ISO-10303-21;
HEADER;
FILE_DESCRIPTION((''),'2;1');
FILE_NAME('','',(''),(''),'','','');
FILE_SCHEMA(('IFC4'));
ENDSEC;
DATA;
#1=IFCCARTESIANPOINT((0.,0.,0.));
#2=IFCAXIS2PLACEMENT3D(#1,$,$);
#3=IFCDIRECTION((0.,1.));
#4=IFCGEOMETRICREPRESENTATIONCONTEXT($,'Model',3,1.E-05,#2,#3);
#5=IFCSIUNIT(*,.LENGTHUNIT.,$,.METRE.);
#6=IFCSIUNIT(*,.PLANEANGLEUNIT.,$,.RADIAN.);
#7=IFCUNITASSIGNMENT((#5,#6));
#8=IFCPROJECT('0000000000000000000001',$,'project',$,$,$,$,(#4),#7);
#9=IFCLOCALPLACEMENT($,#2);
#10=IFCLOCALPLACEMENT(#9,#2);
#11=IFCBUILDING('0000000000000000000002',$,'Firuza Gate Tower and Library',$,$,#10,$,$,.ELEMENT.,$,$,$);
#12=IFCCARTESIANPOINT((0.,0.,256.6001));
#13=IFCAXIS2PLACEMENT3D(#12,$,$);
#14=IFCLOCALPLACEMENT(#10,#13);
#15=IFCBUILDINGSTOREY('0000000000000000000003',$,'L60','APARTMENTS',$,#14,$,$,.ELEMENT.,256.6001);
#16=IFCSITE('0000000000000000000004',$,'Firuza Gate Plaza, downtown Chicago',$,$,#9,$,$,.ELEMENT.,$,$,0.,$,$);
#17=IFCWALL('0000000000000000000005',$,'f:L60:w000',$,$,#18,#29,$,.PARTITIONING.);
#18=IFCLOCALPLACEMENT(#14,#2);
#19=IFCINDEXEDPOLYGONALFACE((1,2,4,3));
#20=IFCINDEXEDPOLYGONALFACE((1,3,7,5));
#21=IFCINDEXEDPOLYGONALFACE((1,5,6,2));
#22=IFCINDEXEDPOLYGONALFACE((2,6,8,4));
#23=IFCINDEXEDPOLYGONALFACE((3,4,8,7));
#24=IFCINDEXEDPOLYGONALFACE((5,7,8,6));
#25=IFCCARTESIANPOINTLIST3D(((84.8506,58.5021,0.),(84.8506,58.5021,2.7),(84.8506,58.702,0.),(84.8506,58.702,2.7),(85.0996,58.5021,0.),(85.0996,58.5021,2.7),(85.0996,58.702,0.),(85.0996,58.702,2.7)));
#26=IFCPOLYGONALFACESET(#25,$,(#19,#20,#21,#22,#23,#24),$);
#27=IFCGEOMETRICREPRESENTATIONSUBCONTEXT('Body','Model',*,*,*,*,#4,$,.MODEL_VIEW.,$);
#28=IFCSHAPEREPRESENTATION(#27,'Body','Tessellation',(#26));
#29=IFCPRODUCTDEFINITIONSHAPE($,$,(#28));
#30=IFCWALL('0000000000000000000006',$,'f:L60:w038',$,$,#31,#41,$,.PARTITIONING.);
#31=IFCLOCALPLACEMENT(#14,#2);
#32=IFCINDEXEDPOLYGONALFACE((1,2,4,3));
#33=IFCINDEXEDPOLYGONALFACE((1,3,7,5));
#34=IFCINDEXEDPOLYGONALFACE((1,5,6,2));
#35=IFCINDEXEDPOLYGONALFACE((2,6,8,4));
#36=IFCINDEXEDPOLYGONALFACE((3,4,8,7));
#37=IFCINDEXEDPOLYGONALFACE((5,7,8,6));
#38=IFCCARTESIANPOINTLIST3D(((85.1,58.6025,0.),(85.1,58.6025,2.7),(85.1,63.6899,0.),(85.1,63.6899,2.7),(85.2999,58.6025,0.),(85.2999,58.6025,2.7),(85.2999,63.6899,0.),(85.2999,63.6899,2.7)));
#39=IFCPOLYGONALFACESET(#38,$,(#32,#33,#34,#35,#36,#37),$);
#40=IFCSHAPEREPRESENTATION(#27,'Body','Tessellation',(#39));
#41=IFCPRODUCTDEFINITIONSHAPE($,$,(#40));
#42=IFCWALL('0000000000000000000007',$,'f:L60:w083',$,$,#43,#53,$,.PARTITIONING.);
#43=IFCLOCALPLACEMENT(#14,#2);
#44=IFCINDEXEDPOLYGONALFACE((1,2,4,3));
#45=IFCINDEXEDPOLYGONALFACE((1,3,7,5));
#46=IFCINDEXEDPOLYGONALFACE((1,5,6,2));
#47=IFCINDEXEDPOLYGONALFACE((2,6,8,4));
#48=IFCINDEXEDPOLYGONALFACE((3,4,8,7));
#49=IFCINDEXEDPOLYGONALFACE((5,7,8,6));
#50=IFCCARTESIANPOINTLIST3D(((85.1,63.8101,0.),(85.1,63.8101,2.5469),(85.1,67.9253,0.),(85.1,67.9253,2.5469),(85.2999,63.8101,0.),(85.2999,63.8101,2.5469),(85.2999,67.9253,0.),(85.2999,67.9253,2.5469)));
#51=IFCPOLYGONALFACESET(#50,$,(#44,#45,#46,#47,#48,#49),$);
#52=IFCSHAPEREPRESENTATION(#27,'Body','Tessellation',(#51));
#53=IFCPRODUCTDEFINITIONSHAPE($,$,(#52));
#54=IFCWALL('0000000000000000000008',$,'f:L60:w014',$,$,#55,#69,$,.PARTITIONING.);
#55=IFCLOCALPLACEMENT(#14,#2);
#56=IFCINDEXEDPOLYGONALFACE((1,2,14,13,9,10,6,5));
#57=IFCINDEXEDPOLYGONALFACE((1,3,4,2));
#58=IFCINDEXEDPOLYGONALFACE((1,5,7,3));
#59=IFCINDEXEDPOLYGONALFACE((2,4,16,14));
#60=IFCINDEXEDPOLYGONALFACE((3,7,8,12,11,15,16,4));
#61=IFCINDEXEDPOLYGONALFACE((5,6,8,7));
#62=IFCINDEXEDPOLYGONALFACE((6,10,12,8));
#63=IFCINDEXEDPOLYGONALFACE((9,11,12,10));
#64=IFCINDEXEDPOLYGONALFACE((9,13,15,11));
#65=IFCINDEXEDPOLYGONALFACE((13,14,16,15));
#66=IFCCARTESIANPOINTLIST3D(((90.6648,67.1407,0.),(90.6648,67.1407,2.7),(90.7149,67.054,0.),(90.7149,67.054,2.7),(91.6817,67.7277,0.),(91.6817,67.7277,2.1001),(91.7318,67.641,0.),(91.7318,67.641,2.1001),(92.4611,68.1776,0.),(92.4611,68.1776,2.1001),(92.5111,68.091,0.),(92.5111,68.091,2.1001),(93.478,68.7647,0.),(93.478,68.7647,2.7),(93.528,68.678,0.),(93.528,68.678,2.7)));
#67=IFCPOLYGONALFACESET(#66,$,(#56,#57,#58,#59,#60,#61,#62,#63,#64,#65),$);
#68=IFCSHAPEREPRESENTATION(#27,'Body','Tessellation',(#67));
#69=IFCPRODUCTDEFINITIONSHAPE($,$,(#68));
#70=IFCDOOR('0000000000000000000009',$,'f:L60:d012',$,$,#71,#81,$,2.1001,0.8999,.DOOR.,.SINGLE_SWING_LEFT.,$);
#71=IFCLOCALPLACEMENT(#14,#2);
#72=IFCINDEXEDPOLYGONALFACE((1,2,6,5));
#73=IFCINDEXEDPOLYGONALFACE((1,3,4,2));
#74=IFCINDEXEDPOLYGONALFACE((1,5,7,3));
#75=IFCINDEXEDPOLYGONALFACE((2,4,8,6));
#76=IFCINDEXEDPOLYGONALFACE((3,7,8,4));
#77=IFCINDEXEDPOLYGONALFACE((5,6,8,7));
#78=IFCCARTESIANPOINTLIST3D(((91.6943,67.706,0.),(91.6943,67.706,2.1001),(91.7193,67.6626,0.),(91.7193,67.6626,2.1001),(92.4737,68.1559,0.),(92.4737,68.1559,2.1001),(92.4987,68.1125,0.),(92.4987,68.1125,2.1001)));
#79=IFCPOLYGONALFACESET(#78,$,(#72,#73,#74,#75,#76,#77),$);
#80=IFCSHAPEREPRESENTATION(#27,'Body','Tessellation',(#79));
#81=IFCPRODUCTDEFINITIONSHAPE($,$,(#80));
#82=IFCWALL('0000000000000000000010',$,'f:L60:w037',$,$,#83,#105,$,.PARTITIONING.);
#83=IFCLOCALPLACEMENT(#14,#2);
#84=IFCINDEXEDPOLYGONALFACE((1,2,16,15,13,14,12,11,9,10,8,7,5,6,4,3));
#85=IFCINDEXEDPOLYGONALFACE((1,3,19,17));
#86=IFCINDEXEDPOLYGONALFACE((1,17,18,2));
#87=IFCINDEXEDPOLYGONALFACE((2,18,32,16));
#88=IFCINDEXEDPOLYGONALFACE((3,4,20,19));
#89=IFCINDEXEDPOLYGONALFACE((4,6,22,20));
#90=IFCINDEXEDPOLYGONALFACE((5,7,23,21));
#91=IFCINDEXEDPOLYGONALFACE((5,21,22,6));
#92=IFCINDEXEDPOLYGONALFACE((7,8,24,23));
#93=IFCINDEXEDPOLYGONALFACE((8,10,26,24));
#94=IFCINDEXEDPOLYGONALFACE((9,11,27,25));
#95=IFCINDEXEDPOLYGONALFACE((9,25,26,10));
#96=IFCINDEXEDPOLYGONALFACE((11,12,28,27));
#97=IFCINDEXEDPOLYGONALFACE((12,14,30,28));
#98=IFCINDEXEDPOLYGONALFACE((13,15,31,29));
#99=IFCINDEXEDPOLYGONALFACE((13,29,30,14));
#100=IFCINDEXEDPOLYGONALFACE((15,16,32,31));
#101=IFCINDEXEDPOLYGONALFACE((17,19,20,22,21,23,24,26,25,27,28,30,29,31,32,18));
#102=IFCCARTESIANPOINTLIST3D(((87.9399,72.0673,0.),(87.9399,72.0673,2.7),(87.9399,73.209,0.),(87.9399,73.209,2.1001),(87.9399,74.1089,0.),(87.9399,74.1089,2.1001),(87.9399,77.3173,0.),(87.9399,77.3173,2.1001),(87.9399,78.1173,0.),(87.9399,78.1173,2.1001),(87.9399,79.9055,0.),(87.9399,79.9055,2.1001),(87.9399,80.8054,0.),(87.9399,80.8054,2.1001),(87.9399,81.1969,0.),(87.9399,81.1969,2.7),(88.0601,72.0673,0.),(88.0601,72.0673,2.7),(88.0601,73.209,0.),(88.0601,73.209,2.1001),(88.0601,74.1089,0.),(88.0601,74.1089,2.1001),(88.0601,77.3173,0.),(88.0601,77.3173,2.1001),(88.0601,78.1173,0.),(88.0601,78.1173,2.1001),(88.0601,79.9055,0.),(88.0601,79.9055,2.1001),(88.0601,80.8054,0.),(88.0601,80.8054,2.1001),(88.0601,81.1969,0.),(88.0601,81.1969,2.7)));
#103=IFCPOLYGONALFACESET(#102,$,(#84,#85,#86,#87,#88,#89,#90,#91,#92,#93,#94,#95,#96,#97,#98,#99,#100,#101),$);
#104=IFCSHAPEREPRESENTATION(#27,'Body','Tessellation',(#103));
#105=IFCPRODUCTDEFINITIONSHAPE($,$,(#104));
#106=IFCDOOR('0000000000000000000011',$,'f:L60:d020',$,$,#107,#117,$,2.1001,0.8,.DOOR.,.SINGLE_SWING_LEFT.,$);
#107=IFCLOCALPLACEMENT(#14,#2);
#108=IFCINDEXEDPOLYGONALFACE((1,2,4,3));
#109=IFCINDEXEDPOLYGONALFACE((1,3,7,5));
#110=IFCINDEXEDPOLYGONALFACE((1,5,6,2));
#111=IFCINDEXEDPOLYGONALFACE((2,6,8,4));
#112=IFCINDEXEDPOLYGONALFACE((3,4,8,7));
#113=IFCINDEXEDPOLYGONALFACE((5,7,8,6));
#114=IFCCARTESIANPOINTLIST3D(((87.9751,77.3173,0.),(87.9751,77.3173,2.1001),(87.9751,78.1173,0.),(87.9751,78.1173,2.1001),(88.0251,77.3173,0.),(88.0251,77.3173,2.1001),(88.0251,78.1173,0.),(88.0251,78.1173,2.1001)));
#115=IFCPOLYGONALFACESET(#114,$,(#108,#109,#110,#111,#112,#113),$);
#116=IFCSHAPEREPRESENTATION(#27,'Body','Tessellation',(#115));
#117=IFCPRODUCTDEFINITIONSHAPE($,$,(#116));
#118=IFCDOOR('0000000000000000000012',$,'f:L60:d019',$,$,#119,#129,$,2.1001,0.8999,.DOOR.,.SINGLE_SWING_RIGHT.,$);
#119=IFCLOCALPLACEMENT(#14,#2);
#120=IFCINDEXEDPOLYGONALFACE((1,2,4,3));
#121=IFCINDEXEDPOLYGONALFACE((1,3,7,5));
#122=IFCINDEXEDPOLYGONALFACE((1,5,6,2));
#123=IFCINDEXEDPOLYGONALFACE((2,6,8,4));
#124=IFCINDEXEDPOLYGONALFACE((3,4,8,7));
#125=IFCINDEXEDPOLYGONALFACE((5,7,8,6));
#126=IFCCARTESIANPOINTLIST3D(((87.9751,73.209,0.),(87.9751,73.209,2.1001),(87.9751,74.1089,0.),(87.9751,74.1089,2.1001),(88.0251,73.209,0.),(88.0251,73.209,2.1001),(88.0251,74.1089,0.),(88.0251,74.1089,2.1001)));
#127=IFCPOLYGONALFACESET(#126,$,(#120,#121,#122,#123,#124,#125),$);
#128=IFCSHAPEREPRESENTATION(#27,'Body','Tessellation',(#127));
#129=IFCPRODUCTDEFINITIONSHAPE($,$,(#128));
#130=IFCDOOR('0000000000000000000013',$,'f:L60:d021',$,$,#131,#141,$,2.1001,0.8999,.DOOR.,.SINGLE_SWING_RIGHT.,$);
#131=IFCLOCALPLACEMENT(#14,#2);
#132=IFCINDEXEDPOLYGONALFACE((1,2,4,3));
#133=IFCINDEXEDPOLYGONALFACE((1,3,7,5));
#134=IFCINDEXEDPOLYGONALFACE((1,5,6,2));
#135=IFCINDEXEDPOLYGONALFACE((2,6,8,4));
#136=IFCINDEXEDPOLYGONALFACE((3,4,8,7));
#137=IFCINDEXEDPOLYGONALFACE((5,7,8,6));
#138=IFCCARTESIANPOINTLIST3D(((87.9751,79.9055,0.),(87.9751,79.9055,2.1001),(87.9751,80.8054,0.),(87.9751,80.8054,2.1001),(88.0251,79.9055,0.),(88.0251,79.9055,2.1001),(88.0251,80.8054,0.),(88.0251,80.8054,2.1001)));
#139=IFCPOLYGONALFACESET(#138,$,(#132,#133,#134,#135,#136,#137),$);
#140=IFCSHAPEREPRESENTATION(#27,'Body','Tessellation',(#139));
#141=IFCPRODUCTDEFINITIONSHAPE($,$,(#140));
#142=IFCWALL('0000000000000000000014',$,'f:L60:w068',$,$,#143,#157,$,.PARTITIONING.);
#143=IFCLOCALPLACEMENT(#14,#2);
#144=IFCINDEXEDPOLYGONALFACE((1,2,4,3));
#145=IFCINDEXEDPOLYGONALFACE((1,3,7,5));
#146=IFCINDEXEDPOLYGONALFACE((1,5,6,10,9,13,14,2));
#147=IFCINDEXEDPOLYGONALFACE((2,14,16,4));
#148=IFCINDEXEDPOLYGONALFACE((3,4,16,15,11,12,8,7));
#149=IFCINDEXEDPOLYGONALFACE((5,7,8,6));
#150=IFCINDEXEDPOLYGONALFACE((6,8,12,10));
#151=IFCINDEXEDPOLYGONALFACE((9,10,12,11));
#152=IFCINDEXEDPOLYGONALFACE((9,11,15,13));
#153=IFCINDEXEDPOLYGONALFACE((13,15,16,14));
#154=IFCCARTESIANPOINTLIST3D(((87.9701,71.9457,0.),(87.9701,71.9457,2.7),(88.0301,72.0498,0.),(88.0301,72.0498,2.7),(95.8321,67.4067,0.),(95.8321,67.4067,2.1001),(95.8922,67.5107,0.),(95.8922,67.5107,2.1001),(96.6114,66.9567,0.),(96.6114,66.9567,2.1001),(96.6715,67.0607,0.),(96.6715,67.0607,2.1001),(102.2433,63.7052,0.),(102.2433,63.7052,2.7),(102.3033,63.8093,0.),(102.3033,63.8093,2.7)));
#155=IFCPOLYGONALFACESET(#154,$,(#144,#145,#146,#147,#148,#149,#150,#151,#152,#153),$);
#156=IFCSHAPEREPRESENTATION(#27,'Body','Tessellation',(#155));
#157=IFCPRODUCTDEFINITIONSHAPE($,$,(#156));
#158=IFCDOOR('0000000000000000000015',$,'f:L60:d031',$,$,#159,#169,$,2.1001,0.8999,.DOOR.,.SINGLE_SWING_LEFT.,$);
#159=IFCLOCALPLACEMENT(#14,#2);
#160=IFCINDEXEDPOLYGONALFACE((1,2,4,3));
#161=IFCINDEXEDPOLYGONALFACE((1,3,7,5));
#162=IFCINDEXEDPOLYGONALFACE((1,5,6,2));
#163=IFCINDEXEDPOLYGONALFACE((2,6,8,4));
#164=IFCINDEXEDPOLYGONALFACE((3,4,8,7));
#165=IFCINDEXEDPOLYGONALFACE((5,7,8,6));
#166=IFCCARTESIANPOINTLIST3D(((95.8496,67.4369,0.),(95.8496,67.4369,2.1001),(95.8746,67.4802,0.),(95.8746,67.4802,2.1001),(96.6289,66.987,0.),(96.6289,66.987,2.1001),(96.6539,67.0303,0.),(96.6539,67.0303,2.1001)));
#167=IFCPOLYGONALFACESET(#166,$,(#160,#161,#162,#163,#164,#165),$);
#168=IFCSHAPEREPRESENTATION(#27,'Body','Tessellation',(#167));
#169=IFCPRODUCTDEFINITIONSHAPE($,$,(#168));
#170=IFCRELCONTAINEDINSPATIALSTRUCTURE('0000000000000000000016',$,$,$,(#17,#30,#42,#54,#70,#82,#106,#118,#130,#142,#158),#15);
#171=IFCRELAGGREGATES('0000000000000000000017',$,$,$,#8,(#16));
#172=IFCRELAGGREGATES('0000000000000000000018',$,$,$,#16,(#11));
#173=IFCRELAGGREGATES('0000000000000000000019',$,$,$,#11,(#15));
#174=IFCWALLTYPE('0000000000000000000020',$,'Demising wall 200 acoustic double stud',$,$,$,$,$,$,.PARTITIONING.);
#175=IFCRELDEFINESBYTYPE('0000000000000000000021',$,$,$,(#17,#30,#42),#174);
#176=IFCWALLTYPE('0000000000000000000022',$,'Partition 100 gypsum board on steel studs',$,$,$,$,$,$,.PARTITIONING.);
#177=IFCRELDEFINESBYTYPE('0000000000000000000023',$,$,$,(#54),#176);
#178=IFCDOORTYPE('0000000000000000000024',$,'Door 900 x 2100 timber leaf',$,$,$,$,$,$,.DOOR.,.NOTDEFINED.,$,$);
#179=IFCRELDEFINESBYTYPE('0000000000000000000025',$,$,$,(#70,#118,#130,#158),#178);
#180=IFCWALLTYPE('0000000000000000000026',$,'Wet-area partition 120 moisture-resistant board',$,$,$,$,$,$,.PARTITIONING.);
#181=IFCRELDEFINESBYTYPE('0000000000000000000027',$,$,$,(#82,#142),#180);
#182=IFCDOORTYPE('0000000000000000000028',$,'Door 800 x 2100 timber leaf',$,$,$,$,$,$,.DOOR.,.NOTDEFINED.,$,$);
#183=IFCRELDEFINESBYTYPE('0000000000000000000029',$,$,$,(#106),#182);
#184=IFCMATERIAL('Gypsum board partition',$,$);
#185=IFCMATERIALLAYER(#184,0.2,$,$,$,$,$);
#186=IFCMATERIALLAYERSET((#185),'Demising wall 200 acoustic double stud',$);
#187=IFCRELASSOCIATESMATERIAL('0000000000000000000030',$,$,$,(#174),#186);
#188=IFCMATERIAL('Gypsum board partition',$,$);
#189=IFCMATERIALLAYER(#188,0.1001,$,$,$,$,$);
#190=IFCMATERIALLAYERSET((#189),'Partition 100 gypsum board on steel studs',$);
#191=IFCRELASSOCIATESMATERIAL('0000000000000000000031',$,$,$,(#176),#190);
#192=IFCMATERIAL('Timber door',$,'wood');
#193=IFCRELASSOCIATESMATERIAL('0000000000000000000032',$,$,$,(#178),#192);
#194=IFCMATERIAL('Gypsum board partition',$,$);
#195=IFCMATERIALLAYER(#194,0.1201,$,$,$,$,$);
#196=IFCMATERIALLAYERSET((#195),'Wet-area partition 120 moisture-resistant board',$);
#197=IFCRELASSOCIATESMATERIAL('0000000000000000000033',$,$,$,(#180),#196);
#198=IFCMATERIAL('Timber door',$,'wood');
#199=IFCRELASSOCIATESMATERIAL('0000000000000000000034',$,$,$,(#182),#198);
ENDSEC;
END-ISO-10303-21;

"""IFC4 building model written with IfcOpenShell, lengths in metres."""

from ifc_helpers import new_model, si_unit, direction, frame, frame_2d, origin, place, context, subcontext, project, spatial, rectangle, extrude, material, layer, layer_set, type_object, element, fill, save


model = new_model("IFC4")

# Units and contexts
model_context = context("Model", 3, precision=1e-05, world=origin(), true_north=direction((0.0, 1.0)))
body_context = subcontext(model_context, "Body", "Model", "MODEL_VIEW")
ifc_project = project(units=[si_unit("LENGTHUNIT", "METRE"), si_unit("PLANEANGLEUNIT", "RADIAN")], contexts=[model_context])

# Site, building, storey
site_placement = place(None, origin())
site = spatial("IfcSite", under=ifc_project, at=site_placement, Name="Firuza Gate Plaza, downtown Chicago", CompositionType="ELEMENT", RefElevation=0.0)
building_placement = place(site_placement, origin())
building = spatial("IfcBuilding", under=site, at=building_placement, Name="Firuza Gate Tower and Library", CompositionType="ELEMENT")
storey_placement = place(building_placement, frame((0.0, 0.0, 256.6001)))
storey = spatial("IfcBuildingStorey", under=building, at=storey_placement, Name="L60", Description="APARTMENTS", CompositionType="ELEMENT", Elevation=256.6001)

# Walls
ifc_material_1 = material(Name="Gypsum board partition")
ifc_layer_1 = layer(ifc_material_1, 0.2)
ifc_layer_set_1 = layer_set([ifc_layer_1], Name="Demising wall 200 acoustic double stud")
wall_type_1 = type_object("IfcWallType", Name="Demising wall 200 acoustic double stud", PredefinedType="PARTITIONING", material=ifc_layer_set_1)
wall_1_placement = place(storey_placement, frame((84.8506, 58.6021, 0.0), z_axis=(0.0, 0.0, 1.0), x_axis=(1.0, 0.0, 0.0)))
element("IfcWall", 1, at=wall_1_placement, inside=storey, type_object=wall_type_1, Name="f:L60:w000", PredefinedType="PARTITIONING", context=body_context, shape_type="SweptSolid", body=[
    extrude(rectangle(XDim=0.249, YDim=0.2, at=frame_2d((0.1245, 0.0))), origin(), (0.0, 0.0, 1.0), 2.7),
])
wall_2_placement = place(storey_placement, frame((85.2, 58.6025, 0.0), z_axis=(0.0, 0.0, 1.0), x_axis=(0.0, 1.0, 0.0)))
element("IfcWall", 2, at=wall_2_placement, inside=storey, type_object=wall_type_1, Name="f:L60:w038", PredefinedType="PARTITIONING", context=body_context, shape_type="SweptSolid", body=[
    extrude(rectangle(XDim=5.0874, YDim=0.2, at=frame_2d((2.5437, 0.0))), origin(), (0.0, 0.0, 1.0), 2.7),
])
wall_3_placement = place(storey_placement, frame((85.2, 63.8101, 0.0), z_axis=(0.0, 0.0, 1.0), x_axis=(0.0, 1.0, 0.0)))
element("IfcWall", 3, at=wall_3_placement, inside=storey, type_object=wall_type_1, Name="f:L60:w083", PredefinedType="PARTITIONING", context=body_context, shape_type="SweptSolid", body=[
    extrude(rectangle(XDim=4.1152, YDim=0.2, at=frame_2d((2.0576, 0.0))), origin(), (0.0, 0.0, 1.0), 2.5469),
])

# Wall, opening, door
ifc_material_2 = material(Name="Gypsum board partition")
ifc_layer_2 = layer(ifc_material_2, 0.1001)
ifc_layer_set_2 = layer_set([ifc_layer_2], Name="Partition 100 gypsum board on steel studs")
wall_type_2 = type_object("IfcWallType", Name="Partition 100 gypsum board on steel studs", PredefinedType="PARTITIONING", material=ifc_layer_set_2)
wall_4_placement = place(storey_placement, frame((90.6899, 67.0974, 0.0), z_axis=(0.0, 0.0, 1.0), x_axis=(0.866052, 0.499955, 0.0)))
wall_4 = element("IfcWall", 4, at=wall_4_placement, inside=storey, type_object=wall_type_2, Name="f:L60:w014", PredefinedType="PARTITIONING", context=body_context, shape_type="SweptSolid", body=[
    extrude(rectangle(XDim=3.2483, YDim=0.1001, at=frame_2d((1.624, 0.0))), origin(), (0.0, 0.0, 1.0), 2.7),
])
opening_1_placement = place(wall_4_placement, frame((1.1741, 0.0, 0.0)))
opening_1 = element("IfcOpeningElement", 5, at=opening_1_placement, cuts=wall_4, PredefinedType="OPENING", context=body_context, shape_type="SweptSolid", body=[
    extrude(rectangle(XDim=0.8999, YDim=2.1001, at=frame_2d((0.45, 1.05))), frame((0.0, 0.0601, 0.0), z_axis=(0.0, -1.0, 0.0), x_axis=(1.0, 0.0, 0.0)), (0.0, 0.0, 1.0), 0.1201),
])
ifc_material_3 = material(Name="Timber door", Category="wood")
door_type_1 = type_object("IfcDoorType", Name="Door 900 x 2100 timber leaf", OperationType="NOTDEFINED", PredefinedType="DOOR", material=ifc_material_3)
door_1_placement = place(opening_1_placement, origin())
door_1 = element("IfcDoor", 6, at=door_1_placement, inside=storey, type_object=door_type_1, Name="f:L60:d012", OperationType="SINGLE_SWING_LEFT", OverallHeight=2.1001, OverallWidth=0.8999, PredefinedType="DOOR", context=body_context, shape_type="SweptSolid", body=[
    extrude(rectangle(XDim=0.8999, YDim=2.1001, at=frame_2d((0.45, 1.05))), frame((0.0, 0.0249, 0.0), z_axis=(0.0, -1.0, 0.0), x_axis=(1.0, 0.0, 0.0)), (0.0, 0.0, 1.0), 0.05),
])
fill(opening_1, door_1)

# Wall, openings, doors
ifc_material_4 = material(Name="Gypsum board partition")
ifc_layer_3 = layer(ifc_material_4, 0.1201)
ifc_layer_set_3 = layer_set([ifc_layer_3], Name="Wet-area partition 120 moisture-resistant board")
wall_type_3 = type_object("IfcWallType", Name="Wet-area partition 120 moisture-resistant board", PredefinedType="PARTITIONING", material=ifc_layer_set_3)
wall_5_placement = place(storey_placement, frame((88.0, 72.0671, 0.0), z_axis=(0.0, 0.0, 1.0), x_axis=(0.0, 1.0, 0.0)))
wall_5 = element("IfcWall", 7, at=wall_5_placement, inside=storey, type_object=wall_type_3, Name="f:L60:w037", PredefinedType="PARTITIONING", context=body_context, shape_type="SweptSolid", body=[
    extrude(rectangle(XDim=9.1296, YDim=0.1201, at=frame_2d((4.5649, 0.0))), origin(), (0.0, 0.0, 1.0), 2.7),
])
opening_2_placement = place(wall_5_placement, frame((1.1418, 0.0, 0.0)))
opening_2 = element("IfcOpeningElement", 8, at=opening_2_placement, cuts=wall_5, PredefinedType="OPENING", context=body_context, shape_type="SweptSolid", body=[
    extrude(rectangle(XDim=0.8999, YDim=2.1001, at=frame_2d((0.45, 1.05))), frame((0.0, 0.0701, 0.0), z_axis=(0.0, -1.0, 0.0), x_axis=(1.0, 0.0, 0.0)), (0.0, 0.0, 1.0), 0.1401),
])
opening_3_placement = place(wall_5_placement, frame((5.2502, 0.0, 0.0)))
opening_3 = element("IfcOpeningElement", 9, at=opening_3_placement, cuts=wall_5, PredefinedType="OPENING", context=body_context, shape_type="SweptSolid", body=[
    extrude(rectangle(XDim=0.8, YDim=2.1001, at=frame_2d((0.3999, 1.05))), frame((0.0, 0.0701, 0.0), z_axis=(0.0, -1.0, 0.0), x_axis=(1.0, 0.0, 0.0)), (0.0, 0.0, 1.0), 0.1401),
])
opening_4_placement = place(wall_5_placement, frame((7.8384, 0.0, 0.0)))
opening_4 = element("IfcOpeningElement", 10, at=opening_4_placement, cuts=wall_5, PredefinedType="OPENING", context=body_context, shape_type="SweptSolid", body=[
    extrude(rectangle(XDim=0.8999, YDim=2.1001, at=frame_2d((0.45, 1.05))), frame((0.0, 0.0701, 0.0), z_axis=(0.0, -1.0, 0.0), x_axis=(1.0, 0.0, 0.0)), (0.0, 0.0, 1.0), 0.1401),
])
ifc_material_5 = material(Name="Timber door", Category="wood")
door_type_2 = type_object("IfcDoorType", Name="Door 800 x 2100 timber leaf", OperationType="NOTDEFINED", PredefinedType="DOOR", material=ifc_material_5)
door_2_placement = place(opening_3_placement, origin())
door_2 = element("IfcDoor", 11, at=door_2_placement, inside=storey, type_object=door_type_2, Name="f:L60:d020", OperationType="SINGLE_SWING_LEFT", OverallHeight=2.1001, OverallWidth=0.8, PredefinedType="DOOR", context=body_context, shape_type="SweptSolid", body=[
    extrude(rectangle(XDim=0.8, YDim=2.1001, at=frame_2d((0.3999, 1.05))), frame((0.0, 0.0249, 0.0), z_axis=(0.0, -1.0, 0.0), x_axis=(1.0, 0.0, 0.0)), (0.0, 0.0, 1.0), 0.05),
])
fill(opening_3, door_2)
door_3_placement = place(opening_2_placement, origin())
door_3 = element("IfcDoor", 12, at=door_3_placement, inside=storey, type_object=door_type_1, Name="f:L60:d019", OperationType="SINGLE_SWING_RIGHT", OverallHeight=2.1001, OverallWidth=0.8999, PredefinedType="DOOR", context=body_context, shape_type="SweptSolid", body=[
    extrude(rectangle(XDim=0.8999, YDim=2.1001, at=frame_2d((0.45, 1.05))), frame((0.0, 0.0249, 0.0), z_axis=(0.0, -1.0, 0.0), x_axis=(1.0, 0.0, 0.0)), (0.0, 0.0, 1.0), 0.05),
])
fill(opening_2, door_3)
door_4_placement = place(opening_4_placement, origin())
door_4 = element("IfcDoor", 13, at=door_4_placement, inside=storey, type_object=door_type_1, Name="f:L60:d021", OperationType="SINGLE_SWING_RIGHT", OverallHeight=2.1001, OverallWidth=0.8999, PredefinedType="DOOR", context=body_context, shape_type="SweptSolid", body=[
    extrude(rectangle(XDim=0.8999, YDim=2.1001, at=frame_2d((0.45, 1.05))), frame((0.0, 0.0249, 0.0), z_axis=(0.0, -1.0, 0.0), x_axis=(1.0, 0.0, 0.0)), (0.0, 0.0, 1.0), 0.05),
])
fill(opening_4, door_4)

# Wall, opening, door
wall_6_placement = place(storey_placement, frame((88.0, 71.9978, 0.0), z_axis=(0.0, 0.0, 1.0), x_axis=(0.866029, -0.499993, 0.0)))
wall_6 = element("IfcWall", 14, at=wall_6_placement, inside=storey, type_object=wall_type_3, Name="f:L60:w068", PredefinedType="PARTITIONING", context=body_context, shape_type="SweptSolid", body=[
    extrude(rectangle(XDim=16.4812, YDim=0.1201, at=frame_2d((8.2407, 0.0))), origin(), (0.0, 0.0, 1.0), 2.7),
])
opening_5_placement = place(wall_6_placement, frame((9.0784, 0.0, 0.0)))
opening_5 = element("IfcOpeningElement", 15, at=opening_5_placement, cuts=wall_6, PredefinedType="OPENING", context=body_context, shape_type="SweptSolid", body=[
    extrude(rectangle(XDim=0.8999, YDim=2.1001, at=frame_2d((0.45, 1.05))), frame((0.0, 0.0701, 0.0), z_axis=(0.0, -1.0, 0.0), x_axis=(1.0, 0.0, 0.0)), (0.0, 0.0, 1.0), 0.1401),
])
door_5_placement = place(opening_5_placement, origin())
door_5 = element("IfcDoor", 16, at=door_5_placement, inside=storey, type_object=door_type_1, Name="f:L60:d031", OperationType="SINGLE_SWING_LEFT", OverallHeight=2.1001, OverallWidth=0.8999, PredefinedType="DOOR", context=body_context, shape_type="SweptSolid", body=[
    extrude(rectangle(XDim=0.8999, YDim=2.1001, at=frame_2d((0.45, 1.05))), frame((0.0, 0.0249, 0.0), z_axis=(0.0, -1.0, 0.0), x_axis=(1.0, 0.0, 0.0)), (0.0, 0.0, 1.0), 0.05),
])
fill(opening_5, door_5)

save(model, "model.ifc")
